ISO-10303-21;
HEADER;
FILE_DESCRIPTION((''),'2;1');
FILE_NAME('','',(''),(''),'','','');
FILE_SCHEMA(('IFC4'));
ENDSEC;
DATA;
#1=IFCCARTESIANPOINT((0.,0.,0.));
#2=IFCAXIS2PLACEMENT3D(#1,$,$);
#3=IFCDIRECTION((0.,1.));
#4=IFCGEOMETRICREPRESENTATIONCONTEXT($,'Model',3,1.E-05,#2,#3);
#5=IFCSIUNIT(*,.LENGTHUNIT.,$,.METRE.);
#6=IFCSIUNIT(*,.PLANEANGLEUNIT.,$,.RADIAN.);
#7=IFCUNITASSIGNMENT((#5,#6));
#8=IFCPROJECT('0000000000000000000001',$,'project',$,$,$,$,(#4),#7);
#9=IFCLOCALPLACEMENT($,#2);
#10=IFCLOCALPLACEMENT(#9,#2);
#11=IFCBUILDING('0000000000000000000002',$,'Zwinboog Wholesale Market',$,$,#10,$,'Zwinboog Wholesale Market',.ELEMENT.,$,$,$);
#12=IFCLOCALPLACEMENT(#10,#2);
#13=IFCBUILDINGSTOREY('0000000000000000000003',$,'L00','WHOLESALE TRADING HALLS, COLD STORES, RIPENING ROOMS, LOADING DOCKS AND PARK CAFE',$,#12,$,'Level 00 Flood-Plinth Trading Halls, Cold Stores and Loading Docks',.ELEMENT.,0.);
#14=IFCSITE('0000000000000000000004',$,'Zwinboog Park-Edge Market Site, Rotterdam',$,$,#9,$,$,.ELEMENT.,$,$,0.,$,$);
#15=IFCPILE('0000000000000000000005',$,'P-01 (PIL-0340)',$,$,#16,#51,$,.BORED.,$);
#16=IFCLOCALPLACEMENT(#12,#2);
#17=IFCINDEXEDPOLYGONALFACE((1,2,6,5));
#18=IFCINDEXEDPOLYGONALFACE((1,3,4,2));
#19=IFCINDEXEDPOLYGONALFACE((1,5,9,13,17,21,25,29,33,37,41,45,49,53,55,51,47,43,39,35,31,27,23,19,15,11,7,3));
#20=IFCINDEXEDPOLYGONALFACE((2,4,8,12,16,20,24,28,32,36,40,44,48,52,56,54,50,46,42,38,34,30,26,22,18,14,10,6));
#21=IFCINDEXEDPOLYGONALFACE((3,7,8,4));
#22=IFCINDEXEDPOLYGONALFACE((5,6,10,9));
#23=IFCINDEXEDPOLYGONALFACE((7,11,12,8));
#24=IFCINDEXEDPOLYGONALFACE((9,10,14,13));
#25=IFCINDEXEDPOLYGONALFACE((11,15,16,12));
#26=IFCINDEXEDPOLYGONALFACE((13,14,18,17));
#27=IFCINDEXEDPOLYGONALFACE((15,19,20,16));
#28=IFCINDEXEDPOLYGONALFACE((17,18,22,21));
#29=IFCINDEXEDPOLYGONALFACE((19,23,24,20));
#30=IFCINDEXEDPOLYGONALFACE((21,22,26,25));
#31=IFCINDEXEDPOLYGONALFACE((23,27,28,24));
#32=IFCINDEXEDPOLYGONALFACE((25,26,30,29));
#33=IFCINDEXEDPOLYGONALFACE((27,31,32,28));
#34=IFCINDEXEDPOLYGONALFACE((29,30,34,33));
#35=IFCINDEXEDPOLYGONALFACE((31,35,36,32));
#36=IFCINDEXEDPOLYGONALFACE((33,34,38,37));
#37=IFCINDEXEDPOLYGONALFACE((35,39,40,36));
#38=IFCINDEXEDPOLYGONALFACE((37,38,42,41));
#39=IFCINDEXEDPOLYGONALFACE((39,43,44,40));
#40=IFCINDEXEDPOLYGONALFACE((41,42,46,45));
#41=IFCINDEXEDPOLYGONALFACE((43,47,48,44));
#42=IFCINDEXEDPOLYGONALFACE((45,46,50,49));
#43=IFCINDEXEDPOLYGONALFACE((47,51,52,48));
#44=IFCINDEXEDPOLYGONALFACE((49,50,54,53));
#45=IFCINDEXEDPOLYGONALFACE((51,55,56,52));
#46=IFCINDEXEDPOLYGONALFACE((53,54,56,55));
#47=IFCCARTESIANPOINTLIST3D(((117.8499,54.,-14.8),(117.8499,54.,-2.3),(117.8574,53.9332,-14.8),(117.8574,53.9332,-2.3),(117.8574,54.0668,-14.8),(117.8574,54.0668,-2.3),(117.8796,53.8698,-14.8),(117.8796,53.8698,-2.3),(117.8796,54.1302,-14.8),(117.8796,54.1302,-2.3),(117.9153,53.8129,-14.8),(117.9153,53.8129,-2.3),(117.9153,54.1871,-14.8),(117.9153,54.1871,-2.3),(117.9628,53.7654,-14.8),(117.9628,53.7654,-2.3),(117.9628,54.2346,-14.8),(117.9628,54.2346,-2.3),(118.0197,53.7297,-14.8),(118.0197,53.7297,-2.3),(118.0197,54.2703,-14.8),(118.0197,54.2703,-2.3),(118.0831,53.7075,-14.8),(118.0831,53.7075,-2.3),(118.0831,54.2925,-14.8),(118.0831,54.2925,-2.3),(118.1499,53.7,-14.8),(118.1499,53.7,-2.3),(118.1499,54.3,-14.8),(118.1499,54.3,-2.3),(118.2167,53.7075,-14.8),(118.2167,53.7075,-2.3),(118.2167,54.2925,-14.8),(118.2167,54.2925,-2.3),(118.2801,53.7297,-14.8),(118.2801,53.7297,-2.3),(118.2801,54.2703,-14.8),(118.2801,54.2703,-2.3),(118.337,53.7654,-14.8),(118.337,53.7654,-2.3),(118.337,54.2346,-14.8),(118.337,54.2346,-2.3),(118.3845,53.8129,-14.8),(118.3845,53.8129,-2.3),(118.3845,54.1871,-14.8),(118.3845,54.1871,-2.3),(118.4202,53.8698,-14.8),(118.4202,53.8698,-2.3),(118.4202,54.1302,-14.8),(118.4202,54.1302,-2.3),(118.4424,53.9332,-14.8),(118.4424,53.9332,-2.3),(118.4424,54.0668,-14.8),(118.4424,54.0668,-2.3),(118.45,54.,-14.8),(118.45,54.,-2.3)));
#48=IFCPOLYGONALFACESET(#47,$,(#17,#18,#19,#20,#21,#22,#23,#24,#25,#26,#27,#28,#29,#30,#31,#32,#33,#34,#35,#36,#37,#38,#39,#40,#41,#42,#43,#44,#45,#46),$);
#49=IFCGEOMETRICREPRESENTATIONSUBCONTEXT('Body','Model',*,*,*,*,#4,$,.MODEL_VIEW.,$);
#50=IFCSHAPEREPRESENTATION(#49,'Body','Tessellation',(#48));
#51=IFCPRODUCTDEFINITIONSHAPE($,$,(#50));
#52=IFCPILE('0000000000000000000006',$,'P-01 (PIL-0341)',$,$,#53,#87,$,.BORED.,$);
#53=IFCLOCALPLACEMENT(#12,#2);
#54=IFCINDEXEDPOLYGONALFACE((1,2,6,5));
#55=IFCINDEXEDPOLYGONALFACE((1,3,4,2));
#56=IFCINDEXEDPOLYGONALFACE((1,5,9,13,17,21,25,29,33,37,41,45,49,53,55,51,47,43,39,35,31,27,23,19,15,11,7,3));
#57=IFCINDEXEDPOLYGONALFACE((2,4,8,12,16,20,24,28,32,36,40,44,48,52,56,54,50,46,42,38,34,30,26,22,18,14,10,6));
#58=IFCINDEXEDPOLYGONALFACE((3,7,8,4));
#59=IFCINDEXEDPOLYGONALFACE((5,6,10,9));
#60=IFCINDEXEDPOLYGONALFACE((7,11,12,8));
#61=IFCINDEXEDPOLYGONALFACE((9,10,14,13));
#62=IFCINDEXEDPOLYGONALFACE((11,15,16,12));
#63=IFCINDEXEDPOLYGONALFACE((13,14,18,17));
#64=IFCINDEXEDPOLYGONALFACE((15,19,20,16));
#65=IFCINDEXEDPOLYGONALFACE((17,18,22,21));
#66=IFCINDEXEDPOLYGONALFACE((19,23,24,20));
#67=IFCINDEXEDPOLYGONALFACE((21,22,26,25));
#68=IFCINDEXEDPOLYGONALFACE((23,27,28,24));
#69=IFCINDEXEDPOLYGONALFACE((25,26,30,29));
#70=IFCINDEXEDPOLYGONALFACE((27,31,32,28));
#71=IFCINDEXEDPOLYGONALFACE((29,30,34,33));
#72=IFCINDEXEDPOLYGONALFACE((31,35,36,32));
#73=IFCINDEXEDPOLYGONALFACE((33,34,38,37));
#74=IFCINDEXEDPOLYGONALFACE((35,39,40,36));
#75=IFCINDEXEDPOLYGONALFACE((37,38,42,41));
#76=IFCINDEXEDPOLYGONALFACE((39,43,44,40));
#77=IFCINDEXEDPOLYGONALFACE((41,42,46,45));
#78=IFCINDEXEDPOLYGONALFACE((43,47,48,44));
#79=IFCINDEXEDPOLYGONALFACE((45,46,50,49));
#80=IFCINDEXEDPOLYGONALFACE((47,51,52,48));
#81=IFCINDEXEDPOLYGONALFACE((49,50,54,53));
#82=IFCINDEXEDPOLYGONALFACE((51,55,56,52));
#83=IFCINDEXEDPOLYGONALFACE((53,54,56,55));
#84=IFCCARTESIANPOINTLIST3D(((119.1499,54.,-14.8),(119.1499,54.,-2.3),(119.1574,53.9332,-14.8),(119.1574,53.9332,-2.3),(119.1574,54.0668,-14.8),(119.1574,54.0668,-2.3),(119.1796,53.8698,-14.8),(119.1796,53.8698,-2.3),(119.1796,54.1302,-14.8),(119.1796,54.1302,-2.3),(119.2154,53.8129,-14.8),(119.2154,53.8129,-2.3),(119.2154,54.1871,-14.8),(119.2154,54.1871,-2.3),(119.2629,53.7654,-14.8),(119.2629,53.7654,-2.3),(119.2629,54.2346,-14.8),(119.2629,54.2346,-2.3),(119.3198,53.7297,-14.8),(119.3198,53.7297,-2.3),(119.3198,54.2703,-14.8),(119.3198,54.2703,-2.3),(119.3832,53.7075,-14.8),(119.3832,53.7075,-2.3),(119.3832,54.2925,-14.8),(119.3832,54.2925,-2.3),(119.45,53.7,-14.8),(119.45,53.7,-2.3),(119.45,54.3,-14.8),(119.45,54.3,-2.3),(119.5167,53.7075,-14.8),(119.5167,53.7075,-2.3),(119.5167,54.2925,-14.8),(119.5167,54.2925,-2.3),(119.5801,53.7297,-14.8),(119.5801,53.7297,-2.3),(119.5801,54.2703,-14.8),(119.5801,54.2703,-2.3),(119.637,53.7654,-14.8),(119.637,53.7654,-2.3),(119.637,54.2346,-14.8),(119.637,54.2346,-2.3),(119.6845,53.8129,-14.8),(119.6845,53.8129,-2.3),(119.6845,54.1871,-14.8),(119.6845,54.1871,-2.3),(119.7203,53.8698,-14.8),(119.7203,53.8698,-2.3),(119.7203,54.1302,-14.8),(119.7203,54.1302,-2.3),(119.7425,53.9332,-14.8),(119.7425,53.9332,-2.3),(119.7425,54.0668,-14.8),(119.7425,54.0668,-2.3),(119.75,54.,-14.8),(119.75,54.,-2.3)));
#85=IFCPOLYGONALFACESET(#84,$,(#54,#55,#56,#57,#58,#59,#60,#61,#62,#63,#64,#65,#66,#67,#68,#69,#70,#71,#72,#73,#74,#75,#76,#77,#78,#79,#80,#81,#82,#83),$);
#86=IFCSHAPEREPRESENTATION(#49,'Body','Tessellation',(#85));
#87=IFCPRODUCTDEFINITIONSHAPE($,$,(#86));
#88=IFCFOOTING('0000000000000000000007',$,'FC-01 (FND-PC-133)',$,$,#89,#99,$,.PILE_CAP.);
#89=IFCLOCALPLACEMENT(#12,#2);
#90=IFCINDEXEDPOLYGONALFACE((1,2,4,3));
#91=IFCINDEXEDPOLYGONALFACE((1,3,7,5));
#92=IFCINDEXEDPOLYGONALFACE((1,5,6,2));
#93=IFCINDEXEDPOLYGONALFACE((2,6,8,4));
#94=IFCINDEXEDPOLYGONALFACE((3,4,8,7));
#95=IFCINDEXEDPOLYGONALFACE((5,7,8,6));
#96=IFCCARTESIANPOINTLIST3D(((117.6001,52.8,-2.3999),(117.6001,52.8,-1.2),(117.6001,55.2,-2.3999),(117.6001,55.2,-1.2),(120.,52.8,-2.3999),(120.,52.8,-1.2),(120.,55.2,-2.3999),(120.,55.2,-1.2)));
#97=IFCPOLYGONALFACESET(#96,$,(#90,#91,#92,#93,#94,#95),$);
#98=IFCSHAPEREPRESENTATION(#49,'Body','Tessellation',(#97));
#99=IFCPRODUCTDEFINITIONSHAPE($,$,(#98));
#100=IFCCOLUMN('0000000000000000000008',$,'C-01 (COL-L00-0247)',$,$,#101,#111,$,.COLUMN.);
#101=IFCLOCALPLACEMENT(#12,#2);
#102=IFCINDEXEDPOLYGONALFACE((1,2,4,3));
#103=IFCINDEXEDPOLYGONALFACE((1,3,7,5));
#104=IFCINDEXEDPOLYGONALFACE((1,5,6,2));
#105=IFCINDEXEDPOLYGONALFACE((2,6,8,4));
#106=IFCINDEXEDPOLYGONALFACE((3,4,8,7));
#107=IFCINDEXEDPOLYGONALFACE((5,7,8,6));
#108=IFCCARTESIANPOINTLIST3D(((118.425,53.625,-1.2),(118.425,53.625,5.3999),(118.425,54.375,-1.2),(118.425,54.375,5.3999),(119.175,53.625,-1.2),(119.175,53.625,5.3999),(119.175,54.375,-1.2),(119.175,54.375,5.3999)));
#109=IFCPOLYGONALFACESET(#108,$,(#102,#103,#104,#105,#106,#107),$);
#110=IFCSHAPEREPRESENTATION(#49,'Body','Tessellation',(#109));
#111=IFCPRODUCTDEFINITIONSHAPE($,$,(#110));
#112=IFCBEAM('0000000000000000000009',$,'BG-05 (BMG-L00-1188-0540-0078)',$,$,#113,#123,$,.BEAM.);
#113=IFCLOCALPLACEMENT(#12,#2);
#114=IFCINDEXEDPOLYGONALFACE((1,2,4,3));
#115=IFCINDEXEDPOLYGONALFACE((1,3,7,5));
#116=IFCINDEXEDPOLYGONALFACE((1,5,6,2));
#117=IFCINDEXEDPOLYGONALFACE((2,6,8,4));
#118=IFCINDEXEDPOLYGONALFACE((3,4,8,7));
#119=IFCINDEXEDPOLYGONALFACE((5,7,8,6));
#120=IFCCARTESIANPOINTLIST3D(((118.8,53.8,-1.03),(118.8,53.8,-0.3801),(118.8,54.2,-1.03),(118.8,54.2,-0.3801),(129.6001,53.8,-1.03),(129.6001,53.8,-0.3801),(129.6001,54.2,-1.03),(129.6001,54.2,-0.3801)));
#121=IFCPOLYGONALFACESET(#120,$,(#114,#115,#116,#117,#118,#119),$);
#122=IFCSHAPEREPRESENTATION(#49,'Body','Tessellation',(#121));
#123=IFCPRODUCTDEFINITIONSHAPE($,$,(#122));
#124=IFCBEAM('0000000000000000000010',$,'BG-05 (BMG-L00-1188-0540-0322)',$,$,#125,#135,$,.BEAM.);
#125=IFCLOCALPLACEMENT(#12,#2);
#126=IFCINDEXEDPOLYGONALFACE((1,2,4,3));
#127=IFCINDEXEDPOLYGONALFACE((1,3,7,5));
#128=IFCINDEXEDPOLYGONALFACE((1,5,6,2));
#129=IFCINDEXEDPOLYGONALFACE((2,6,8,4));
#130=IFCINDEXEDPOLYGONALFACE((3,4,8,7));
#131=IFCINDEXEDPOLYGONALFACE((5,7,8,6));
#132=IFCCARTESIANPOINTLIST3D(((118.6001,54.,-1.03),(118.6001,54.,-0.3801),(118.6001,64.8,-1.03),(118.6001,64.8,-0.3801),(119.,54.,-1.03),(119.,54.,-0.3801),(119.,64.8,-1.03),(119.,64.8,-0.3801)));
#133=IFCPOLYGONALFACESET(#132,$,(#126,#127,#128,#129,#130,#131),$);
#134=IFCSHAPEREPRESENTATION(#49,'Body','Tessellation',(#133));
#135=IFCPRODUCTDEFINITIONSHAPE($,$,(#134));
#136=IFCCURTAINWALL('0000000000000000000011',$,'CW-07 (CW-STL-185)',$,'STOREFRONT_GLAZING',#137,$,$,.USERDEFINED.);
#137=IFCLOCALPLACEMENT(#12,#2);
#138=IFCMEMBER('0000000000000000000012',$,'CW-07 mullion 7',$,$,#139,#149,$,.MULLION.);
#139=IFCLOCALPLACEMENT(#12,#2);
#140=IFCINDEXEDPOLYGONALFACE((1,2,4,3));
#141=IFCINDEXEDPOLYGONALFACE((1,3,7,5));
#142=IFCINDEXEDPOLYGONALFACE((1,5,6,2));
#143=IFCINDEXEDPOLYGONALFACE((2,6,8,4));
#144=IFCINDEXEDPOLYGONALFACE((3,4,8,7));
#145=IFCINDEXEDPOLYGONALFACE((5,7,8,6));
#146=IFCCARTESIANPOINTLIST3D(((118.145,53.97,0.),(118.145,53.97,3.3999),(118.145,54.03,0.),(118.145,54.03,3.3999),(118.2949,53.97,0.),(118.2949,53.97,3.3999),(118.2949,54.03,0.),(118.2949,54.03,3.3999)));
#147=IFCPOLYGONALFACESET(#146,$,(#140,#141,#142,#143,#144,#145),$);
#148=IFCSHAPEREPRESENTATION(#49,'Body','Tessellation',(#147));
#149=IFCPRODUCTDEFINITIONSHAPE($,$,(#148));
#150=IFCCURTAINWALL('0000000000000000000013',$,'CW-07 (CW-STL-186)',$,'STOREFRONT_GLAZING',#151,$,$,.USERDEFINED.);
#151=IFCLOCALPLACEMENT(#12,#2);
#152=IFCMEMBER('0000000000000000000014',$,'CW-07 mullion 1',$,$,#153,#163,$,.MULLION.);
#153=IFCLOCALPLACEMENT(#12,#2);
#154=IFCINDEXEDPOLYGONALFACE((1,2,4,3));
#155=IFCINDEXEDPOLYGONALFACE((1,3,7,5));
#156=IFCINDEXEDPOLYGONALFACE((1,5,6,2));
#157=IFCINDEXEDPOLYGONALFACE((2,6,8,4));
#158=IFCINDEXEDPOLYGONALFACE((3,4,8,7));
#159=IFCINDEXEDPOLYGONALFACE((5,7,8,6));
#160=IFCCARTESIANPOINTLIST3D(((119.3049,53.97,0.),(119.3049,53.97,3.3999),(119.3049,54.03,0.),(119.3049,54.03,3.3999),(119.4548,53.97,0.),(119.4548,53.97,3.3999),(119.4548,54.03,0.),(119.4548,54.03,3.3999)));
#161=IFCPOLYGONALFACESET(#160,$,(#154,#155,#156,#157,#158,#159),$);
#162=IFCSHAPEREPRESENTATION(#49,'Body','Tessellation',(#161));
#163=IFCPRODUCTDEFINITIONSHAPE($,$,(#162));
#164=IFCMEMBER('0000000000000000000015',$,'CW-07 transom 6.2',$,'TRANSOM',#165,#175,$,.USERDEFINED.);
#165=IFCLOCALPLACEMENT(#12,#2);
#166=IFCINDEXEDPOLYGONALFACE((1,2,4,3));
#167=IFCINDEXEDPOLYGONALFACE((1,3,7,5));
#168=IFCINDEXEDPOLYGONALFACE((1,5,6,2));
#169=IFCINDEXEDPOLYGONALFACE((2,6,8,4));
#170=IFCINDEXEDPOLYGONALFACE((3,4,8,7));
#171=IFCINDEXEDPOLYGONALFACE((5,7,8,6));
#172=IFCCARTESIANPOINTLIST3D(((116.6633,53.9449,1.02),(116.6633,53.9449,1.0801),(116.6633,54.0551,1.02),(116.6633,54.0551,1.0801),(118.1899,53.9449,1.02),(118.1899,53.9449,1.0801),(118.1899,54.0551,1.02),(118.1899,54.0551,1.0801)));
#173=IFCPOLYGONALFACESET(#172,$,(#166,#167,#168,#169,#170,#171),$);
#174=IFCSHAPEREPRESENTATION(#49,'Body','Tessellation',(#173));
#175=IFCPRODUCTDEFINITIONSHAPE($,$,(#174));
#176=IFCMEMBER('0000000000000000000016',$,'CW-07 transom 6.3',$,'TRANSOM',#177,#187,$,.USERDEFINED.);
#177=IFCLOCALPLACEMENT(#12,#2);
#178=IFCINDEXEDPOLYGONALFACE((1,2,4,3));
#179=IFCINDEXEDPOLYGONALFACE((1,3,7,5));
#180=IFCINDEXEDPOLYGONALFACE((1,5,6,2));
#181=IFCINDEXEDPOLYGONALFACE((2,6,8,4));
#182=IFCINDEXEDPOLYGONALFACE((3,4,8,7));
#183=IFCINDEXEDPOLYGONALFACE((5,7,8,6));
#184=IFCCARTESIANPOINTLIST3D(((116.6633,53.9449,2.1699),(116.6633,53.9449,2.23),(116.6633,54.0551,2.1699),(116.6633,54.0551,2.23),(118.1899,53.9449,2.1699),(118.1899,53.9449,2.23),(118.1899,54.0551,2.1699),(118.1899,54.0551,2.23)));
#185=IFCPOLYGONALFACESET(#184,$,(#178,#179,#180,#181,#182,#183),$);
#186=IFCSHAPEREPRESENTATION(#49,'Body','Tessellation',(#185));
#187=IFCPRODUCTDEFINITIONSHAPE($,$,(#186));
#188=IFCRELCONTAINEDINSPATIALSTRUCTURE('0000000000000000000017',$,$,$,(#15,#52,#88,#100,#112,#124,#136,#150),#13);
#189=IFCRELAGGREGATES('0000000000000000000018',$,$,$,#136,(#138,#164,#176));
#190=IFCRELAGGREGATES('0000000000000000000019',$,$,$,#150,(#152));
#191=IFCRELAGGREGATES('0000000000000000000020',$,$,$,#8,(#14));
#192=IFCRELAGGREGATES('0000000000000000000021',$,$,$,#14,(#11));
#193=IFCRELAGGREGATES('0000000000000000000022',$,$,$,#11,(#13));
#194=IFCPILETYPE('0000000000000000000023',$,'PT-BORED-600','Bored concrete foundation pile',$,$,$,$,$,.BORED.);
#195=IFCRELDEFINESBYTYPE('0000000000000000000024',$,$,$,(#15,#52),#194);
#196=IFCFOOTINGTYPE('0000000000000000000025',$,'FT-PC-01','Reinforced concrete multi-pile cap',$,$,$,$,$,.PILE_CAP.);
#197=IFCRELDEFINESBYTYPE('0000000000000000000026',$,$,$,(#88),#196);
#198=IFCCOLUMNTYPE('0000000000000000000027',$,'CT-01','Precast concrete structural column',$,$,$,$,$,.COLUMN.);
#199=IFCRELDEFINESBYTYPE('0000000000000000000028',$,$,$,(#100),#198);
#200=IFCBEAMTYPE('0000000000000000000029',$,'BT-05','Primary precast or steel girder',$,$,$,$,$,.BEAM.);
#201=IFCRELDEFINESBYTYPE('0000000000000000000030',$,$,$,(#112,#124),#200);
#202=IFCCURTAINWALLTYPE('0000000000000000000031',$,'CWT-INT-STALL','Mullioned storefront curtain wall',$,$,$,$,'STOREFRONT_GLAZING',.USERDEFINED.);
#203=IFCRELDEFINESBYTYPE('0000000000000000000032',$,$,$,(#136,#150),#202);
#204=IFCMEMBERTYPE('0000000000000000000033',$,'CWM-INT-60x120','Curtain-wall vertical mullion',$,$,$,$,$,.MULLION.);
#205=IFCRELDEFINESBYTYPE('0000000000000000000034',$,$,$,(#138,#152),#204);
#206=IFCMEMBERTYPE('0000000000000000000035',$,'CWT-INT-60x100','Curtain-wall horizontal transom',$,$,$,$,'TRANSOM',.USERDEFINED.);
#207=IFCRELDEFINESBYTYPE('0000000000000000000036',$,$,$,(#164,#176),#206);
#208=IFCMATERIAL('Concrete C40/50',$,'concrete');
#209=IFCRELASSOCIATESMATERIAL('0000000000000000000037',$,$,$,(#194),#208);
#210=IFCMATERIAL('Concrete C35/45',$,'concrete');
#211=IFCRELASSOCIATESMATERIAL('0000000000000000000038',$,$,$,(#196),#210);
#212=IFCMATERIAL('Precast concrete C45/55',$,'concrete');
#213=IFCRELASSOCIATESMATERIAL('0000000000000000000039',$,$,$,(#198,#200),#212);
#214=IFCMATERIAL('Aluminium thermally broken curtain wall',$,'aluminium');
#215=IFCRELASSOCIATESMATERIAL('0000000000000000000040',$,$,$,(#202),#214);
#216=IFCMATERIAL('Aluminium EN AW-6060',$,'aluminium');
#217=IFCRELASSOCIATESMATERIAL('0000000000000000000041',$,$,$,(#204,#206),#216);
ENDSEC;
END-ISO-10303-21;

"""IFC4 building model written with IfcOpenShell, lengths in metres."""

from ifc_helpers import new_model, si_unit, direction, frame, origin, origin_2d, place, context, subcontext, project, spatial, rectangle, circle, extrude, material, material_profile, profile_set, type_object, element, aggregate, save


model = new_model("IFC4")

# Units and contexts
model_context = context("Model", 3, precision=1e-05, world=origin(), true_north=direction((0.0, 1.0)))
body_context = subcontext(model_context, "Body", "Model", "MODEL_VIEW")
ifc_project = project(units=[si_unit("LENGTHUNIT", "METRE"), si_unit("PLANEANGLEUNIT", "RADIAN")], contexts=[model_context])

# Site, building, storey
site_placement = place(None, origin())
site = spatial("IfcSite", under=ifc_project, at=site_placement, Name="Zwinboog Park-Edge Market Site, Rotterdam", CompositionType="ELEMENT", RefElevation=0.0)
building_placement = place(site_placement, origin())
building = spatial("IfcBuilding", under=site, at=building_placement, Name="Zwinboog Wholesale Market", LongName="Zwinboog Wholesale Market", CompositionType="ELEMENT")
storey_placement = place(building_placement, origin())
storey = spatial("IfcBuildingStorey", under=building, at=storey_placement, Name="L00", Description="WHOLESALE TRADING HALLS, COLD STORES, RIPENING ROOMS, LOADING DOCKS AND PARK CAFE", LongName="Level 00 Flood-Plinth Trading Halls, Cold Stores and Loading Docks", CompositionType="ELEMENT", Elevation=0.0)

# Piles
ifc_material_1 = material(Name="Concrete C40/50", Category="concrete")
ifc_material_profile_1 = material_profile(ifc_material_1, circle(Radius=0.3, at=origin_2d()), Name="PILE D600")
ifc_profile_set_1 = profile_set([ifc_material_profile_1], Name="Concrete C40/50")
pile_type = type_object("IfcPileType", Name="PT-BORED-600", Description="Bored concrete foundation pile", PredefinedType="BORED", material=ifc_profile_set_1)
for number, where, z_axis, x_axis, name in (
    (1, (118.1499, 54.0, -2.3), (0.0, 0.0, -1.0), (1.0, 0.0, 0.0), "P-01 (PIL-0340)"),
    (2, (119.45, 54.0, -2.3), (0.0, 0.0, -1.0), (1.0, 0.0, 0.0), "P-01 (PIL-0341)"),
):
    element("IfcPile", number, at=place(storey_placement, frame(where, z_axis=z_axis, x_axis=x_axis)), inside=storey, type_object=pile_type, Name=name, PredefinedType="BORED", context=body_context, shape_type="SweptSolid", body=[
        extrude(circle(Radius=0.3, at=origin_2d()), origin(), (0.0, 0.0, 1.0), 12.5),
    ])

# Footing
ifc_material_2 = material(Name="Concrete C35/45", Category="concrete")
footing_type = type_object("IfcFootingType", Name="FT-PC-01", Description="Reinforced concrete multi-pile cap", PredefinedType="PILE_CAP", material=ifc_material_2)
footing_placement = place(storey_placement, frame((118.8, 54.0, -2.3999), z_axis=(0.0, 0.0, 1.0), x_axis=(1.0, 0.0, 0.0)))
element("IfcFooting", 3, at=footing_placement, inside=storey, type_object=footing_type, Name="FC-01 (FND-PC-133)", PredefinedType="PILE_CAP", context=body_context, shape_type="SweptSolid", body=[
    extrude(rectangle(XDim=2.3999, YDim=2.3999, at=origin_2d()), origin(), (0.0, 0.0, 1.0), 1.2),
])

# Column
ifc_material_3 = material(Name="Precast concrete C45/55", Category="concrete")
ifc_material_profile_2 = material_profile(ifc_material_3, rectangle(XDim=0.75, YDim=0.75, at=origin_2d()), Name="PC 750x750")
ifc_profile_set_2 = profile_set([ifc_material_profile_2], Name="Precast concrete C45/55")
column_type = type_object("IfcColumnType", Name="CT-01", Description="Precast concrete structural column", PredefinedType="COLUMN", material=ifc_profile_set_2)
column_placement = place(storey_placement, frame((118.8, 54.0, -1.2), z_axis=(0.0, 0.0, 1.0), x_axis=(1.0, 0.0, 0.0)))
element("IfcColumn", 4, at=column_placement, inside=storey, type_object=column_type, Name="C-01 (COL-L00-0247)", PredefinedType="COLUMN", context=body_context, shape_type="SweptSolid", body=[
    extrude(rectangle(XDim=0.75, YDim=0.75, at=origin_2d()), origin(), (0.0, 0.0, 1.0), 6.5999),
])

# Beams
ifc_material_profile_3 = material_profile(ifc_material_3, rectangle(XDim=0.3999, YDim=0.6499, at=origin_2d()), Name="PC 400x650")
ifc_profile_set_3 = profile_set([ifc_material_profile_3], Name="Precast concrete C45/55")
beam_type = type_object("IfcBeamType", Name="BT-05", Description="Primary precast or steel girder", PredefinedType="BEAM", material=ifc_profile_set_3)
for number, where, z_axis, x_axis, name in (
    (5, (118.8, 54.0, -0.7051), (1.0, 0.0, 0.0), (0.0, 1.0, 0.0), "BG-05 (BMG-L00-1188-0540-0078)"),
    (6, (118.8, 54.0, -0.7051), (0.0, 1.0, 0.0), (-1.0, 0.0, 0.0), "BG-05 (BMG-L00-1188-0540-0322)"),
):
    element("IfcBeam", number, at=place(storey_placement, frame(where, z_axis=z_axis, x_axis=x_axis)), inside=storey, type_object=beam_type, Name=name, PredefinedType="BEAM", context=body_context, shape_type="SweptSolid", body=[
        extrude(rectangle(XDim=0.3999, YDim=0.6499, at=origin_2d()), origin(), (0.0, 0.0, 1.0), 10.8),
    ])

# Curtain walls, members
ifc_material_4 = material(Name="Aluminium thermally broken curtain wall", Category="aluminium")
curtain_wall_type = type_object("IfcCurtainWallType", Name="CWT-INT-STALL", Description="Mullioned storefront curtain wall", ElementType="STOREFRONT_GLAZING", PredefinedType="USERDEFINED", material=ifc_material_4)
curtain_wall_1_placement = place(storey_placement, origin())
curtain_wall_1 = element("IfcCurtainWall", 7, at=curtain_wall_1_placement, inside=storey, type_object=curtain_wall_type, Name="CW-07 (CW-STL-185)", ObjectType="STOREFRONT_GLAZING", PredefinedType="USERDEFINED")
ifc_material_5 = material(Name="Aluminium EN AW-6060", Category="aluminium")
ifc_material_profile_4 = material_profile(ifc_material_5, rectangle(XDim=0.0601, YDim=0.1499, at=origin_2d()), Name="AL 60x150")
ifc_profile_set_4 = profile_set([ifc_material_profile_4], Name="Aluminium EN AW-6060")
member_type_1 = type_object("IfcMemberType", Name="CWM-INT-60x120", Description="Curtain-wall vertical mullion", PredefinedType="MULLION", material=ifc_profile_set_4)
member_1_placement = place(storey_placement, frame((118.22, 54.0, 0.0), z_axis=(0.0, 0.0, 1.0), x_axis=(0.0, 1.0, 0.0)))
member_1 = element("IfcMember", 8, at=member_1_placement, type_object=member_type_1, Name="CW-07 mullion 7", PredefinedType="MULLION", context=body_context, shape_type="SweptSolid", body=[
    extrude(rectangle(XDim=0.0601, YDim=0.1499, at=origin_2d()), origin(), (0.0, 0.0, 1.0), 3.3999),
])
curtain_wall_2_placement = place(storey_placement, origin())
curtain_wall_2 = element("IfcCurtainWall", 9, at=curtain_wall_2_placement, inside=storey, type_object=curtain_wall_type, Name="CW-07 (CW-STL-186)", ObjectType="STOREFRONT_GLAZING", PredefinedType="USERDEFINED")
member_2_placement = place(storey_placement, frame((119.3799, 54.0, 0.0), z_axis=(0.0, 0.0, 1.0), x_axis=(0.0, 1.0, 0.0)))
member_2 = element("IfcMember", 10, at=member_2_placement, type_object=member_type_1, Name="CW-07 mullion 1", PredefinedType="MULLION", context=body_context, shape_type="SweptSolid", body=[
    extrude(rectangle(XDim=0.0601, YDim=0.1499, at=origin_2d()), origin(), (0.0, 0.0, 1.0), 3.3999),
])

# Members
ifc_material_profile_5 = material_profile(ifc_material_5, rectangle(XDim=0.1101, YDim=0.0601, at=origin_2d()), Name="AL 60x110")
ifc_profile_set_5 = profile_set([ifc_material_profile_5], Name="Aluminium EN AW-6060")
member_type_2 = type_object("IfcMemberType", Name="CWT-INT-60x100", Description="Curtain-wall horizontal transom", ElementType="TRANSOM", PredefinedType="USERDEFINED", material=ifc_profile_set_5)
member_3_placement = place(storey_placement, frame((116.6633, 54.0, 1.05), z_axis=(1.0, 0.0, 0.0), x_axis=(0.0, 1.0, 0.0)))
member_3 = element("IfcMember", 11, at=member_3_placement, type_object=member_type_2, Name="CW-07 transom 6.2", ObjectType="TRANSOM", PredefinedType="USERDEFINED", context=body_context, shape_type="SweptSolid", body=[
    extrude(rectangle(XDim=0.1101, YDim=0.0601, at=origin_2d()), origin(), (0.0, 0.0, 1.0), 1.5266),
])
member_4_placement = place(storey_placement, frame((116.6633, 54.0, 2.2), z_axis=(1.0, 0.0, 0.0), x_axis=(0.0, 1.0, 0.0)))
member_4 = element("IfcMember", 12, at=member_4_placement, type_object=member_type_2, Name="CW-07 transom 6.3", ObjectType="TRANSOM", PredefinedType="USERDEFINED", context=body_context, shape_type="SweptSolid", body=[
    extrude(rectangle(XDim=0.1101, YDim=0.0601, at=origin_2d()), origin(), (0.0, 0.0, 1.0), 1.5266),
])

aggregate(curtain_wall_1, [member_1, member_3, member_4])
aggregate(curtain_wall_2, [member_2])

save(model, "model.ifc")
